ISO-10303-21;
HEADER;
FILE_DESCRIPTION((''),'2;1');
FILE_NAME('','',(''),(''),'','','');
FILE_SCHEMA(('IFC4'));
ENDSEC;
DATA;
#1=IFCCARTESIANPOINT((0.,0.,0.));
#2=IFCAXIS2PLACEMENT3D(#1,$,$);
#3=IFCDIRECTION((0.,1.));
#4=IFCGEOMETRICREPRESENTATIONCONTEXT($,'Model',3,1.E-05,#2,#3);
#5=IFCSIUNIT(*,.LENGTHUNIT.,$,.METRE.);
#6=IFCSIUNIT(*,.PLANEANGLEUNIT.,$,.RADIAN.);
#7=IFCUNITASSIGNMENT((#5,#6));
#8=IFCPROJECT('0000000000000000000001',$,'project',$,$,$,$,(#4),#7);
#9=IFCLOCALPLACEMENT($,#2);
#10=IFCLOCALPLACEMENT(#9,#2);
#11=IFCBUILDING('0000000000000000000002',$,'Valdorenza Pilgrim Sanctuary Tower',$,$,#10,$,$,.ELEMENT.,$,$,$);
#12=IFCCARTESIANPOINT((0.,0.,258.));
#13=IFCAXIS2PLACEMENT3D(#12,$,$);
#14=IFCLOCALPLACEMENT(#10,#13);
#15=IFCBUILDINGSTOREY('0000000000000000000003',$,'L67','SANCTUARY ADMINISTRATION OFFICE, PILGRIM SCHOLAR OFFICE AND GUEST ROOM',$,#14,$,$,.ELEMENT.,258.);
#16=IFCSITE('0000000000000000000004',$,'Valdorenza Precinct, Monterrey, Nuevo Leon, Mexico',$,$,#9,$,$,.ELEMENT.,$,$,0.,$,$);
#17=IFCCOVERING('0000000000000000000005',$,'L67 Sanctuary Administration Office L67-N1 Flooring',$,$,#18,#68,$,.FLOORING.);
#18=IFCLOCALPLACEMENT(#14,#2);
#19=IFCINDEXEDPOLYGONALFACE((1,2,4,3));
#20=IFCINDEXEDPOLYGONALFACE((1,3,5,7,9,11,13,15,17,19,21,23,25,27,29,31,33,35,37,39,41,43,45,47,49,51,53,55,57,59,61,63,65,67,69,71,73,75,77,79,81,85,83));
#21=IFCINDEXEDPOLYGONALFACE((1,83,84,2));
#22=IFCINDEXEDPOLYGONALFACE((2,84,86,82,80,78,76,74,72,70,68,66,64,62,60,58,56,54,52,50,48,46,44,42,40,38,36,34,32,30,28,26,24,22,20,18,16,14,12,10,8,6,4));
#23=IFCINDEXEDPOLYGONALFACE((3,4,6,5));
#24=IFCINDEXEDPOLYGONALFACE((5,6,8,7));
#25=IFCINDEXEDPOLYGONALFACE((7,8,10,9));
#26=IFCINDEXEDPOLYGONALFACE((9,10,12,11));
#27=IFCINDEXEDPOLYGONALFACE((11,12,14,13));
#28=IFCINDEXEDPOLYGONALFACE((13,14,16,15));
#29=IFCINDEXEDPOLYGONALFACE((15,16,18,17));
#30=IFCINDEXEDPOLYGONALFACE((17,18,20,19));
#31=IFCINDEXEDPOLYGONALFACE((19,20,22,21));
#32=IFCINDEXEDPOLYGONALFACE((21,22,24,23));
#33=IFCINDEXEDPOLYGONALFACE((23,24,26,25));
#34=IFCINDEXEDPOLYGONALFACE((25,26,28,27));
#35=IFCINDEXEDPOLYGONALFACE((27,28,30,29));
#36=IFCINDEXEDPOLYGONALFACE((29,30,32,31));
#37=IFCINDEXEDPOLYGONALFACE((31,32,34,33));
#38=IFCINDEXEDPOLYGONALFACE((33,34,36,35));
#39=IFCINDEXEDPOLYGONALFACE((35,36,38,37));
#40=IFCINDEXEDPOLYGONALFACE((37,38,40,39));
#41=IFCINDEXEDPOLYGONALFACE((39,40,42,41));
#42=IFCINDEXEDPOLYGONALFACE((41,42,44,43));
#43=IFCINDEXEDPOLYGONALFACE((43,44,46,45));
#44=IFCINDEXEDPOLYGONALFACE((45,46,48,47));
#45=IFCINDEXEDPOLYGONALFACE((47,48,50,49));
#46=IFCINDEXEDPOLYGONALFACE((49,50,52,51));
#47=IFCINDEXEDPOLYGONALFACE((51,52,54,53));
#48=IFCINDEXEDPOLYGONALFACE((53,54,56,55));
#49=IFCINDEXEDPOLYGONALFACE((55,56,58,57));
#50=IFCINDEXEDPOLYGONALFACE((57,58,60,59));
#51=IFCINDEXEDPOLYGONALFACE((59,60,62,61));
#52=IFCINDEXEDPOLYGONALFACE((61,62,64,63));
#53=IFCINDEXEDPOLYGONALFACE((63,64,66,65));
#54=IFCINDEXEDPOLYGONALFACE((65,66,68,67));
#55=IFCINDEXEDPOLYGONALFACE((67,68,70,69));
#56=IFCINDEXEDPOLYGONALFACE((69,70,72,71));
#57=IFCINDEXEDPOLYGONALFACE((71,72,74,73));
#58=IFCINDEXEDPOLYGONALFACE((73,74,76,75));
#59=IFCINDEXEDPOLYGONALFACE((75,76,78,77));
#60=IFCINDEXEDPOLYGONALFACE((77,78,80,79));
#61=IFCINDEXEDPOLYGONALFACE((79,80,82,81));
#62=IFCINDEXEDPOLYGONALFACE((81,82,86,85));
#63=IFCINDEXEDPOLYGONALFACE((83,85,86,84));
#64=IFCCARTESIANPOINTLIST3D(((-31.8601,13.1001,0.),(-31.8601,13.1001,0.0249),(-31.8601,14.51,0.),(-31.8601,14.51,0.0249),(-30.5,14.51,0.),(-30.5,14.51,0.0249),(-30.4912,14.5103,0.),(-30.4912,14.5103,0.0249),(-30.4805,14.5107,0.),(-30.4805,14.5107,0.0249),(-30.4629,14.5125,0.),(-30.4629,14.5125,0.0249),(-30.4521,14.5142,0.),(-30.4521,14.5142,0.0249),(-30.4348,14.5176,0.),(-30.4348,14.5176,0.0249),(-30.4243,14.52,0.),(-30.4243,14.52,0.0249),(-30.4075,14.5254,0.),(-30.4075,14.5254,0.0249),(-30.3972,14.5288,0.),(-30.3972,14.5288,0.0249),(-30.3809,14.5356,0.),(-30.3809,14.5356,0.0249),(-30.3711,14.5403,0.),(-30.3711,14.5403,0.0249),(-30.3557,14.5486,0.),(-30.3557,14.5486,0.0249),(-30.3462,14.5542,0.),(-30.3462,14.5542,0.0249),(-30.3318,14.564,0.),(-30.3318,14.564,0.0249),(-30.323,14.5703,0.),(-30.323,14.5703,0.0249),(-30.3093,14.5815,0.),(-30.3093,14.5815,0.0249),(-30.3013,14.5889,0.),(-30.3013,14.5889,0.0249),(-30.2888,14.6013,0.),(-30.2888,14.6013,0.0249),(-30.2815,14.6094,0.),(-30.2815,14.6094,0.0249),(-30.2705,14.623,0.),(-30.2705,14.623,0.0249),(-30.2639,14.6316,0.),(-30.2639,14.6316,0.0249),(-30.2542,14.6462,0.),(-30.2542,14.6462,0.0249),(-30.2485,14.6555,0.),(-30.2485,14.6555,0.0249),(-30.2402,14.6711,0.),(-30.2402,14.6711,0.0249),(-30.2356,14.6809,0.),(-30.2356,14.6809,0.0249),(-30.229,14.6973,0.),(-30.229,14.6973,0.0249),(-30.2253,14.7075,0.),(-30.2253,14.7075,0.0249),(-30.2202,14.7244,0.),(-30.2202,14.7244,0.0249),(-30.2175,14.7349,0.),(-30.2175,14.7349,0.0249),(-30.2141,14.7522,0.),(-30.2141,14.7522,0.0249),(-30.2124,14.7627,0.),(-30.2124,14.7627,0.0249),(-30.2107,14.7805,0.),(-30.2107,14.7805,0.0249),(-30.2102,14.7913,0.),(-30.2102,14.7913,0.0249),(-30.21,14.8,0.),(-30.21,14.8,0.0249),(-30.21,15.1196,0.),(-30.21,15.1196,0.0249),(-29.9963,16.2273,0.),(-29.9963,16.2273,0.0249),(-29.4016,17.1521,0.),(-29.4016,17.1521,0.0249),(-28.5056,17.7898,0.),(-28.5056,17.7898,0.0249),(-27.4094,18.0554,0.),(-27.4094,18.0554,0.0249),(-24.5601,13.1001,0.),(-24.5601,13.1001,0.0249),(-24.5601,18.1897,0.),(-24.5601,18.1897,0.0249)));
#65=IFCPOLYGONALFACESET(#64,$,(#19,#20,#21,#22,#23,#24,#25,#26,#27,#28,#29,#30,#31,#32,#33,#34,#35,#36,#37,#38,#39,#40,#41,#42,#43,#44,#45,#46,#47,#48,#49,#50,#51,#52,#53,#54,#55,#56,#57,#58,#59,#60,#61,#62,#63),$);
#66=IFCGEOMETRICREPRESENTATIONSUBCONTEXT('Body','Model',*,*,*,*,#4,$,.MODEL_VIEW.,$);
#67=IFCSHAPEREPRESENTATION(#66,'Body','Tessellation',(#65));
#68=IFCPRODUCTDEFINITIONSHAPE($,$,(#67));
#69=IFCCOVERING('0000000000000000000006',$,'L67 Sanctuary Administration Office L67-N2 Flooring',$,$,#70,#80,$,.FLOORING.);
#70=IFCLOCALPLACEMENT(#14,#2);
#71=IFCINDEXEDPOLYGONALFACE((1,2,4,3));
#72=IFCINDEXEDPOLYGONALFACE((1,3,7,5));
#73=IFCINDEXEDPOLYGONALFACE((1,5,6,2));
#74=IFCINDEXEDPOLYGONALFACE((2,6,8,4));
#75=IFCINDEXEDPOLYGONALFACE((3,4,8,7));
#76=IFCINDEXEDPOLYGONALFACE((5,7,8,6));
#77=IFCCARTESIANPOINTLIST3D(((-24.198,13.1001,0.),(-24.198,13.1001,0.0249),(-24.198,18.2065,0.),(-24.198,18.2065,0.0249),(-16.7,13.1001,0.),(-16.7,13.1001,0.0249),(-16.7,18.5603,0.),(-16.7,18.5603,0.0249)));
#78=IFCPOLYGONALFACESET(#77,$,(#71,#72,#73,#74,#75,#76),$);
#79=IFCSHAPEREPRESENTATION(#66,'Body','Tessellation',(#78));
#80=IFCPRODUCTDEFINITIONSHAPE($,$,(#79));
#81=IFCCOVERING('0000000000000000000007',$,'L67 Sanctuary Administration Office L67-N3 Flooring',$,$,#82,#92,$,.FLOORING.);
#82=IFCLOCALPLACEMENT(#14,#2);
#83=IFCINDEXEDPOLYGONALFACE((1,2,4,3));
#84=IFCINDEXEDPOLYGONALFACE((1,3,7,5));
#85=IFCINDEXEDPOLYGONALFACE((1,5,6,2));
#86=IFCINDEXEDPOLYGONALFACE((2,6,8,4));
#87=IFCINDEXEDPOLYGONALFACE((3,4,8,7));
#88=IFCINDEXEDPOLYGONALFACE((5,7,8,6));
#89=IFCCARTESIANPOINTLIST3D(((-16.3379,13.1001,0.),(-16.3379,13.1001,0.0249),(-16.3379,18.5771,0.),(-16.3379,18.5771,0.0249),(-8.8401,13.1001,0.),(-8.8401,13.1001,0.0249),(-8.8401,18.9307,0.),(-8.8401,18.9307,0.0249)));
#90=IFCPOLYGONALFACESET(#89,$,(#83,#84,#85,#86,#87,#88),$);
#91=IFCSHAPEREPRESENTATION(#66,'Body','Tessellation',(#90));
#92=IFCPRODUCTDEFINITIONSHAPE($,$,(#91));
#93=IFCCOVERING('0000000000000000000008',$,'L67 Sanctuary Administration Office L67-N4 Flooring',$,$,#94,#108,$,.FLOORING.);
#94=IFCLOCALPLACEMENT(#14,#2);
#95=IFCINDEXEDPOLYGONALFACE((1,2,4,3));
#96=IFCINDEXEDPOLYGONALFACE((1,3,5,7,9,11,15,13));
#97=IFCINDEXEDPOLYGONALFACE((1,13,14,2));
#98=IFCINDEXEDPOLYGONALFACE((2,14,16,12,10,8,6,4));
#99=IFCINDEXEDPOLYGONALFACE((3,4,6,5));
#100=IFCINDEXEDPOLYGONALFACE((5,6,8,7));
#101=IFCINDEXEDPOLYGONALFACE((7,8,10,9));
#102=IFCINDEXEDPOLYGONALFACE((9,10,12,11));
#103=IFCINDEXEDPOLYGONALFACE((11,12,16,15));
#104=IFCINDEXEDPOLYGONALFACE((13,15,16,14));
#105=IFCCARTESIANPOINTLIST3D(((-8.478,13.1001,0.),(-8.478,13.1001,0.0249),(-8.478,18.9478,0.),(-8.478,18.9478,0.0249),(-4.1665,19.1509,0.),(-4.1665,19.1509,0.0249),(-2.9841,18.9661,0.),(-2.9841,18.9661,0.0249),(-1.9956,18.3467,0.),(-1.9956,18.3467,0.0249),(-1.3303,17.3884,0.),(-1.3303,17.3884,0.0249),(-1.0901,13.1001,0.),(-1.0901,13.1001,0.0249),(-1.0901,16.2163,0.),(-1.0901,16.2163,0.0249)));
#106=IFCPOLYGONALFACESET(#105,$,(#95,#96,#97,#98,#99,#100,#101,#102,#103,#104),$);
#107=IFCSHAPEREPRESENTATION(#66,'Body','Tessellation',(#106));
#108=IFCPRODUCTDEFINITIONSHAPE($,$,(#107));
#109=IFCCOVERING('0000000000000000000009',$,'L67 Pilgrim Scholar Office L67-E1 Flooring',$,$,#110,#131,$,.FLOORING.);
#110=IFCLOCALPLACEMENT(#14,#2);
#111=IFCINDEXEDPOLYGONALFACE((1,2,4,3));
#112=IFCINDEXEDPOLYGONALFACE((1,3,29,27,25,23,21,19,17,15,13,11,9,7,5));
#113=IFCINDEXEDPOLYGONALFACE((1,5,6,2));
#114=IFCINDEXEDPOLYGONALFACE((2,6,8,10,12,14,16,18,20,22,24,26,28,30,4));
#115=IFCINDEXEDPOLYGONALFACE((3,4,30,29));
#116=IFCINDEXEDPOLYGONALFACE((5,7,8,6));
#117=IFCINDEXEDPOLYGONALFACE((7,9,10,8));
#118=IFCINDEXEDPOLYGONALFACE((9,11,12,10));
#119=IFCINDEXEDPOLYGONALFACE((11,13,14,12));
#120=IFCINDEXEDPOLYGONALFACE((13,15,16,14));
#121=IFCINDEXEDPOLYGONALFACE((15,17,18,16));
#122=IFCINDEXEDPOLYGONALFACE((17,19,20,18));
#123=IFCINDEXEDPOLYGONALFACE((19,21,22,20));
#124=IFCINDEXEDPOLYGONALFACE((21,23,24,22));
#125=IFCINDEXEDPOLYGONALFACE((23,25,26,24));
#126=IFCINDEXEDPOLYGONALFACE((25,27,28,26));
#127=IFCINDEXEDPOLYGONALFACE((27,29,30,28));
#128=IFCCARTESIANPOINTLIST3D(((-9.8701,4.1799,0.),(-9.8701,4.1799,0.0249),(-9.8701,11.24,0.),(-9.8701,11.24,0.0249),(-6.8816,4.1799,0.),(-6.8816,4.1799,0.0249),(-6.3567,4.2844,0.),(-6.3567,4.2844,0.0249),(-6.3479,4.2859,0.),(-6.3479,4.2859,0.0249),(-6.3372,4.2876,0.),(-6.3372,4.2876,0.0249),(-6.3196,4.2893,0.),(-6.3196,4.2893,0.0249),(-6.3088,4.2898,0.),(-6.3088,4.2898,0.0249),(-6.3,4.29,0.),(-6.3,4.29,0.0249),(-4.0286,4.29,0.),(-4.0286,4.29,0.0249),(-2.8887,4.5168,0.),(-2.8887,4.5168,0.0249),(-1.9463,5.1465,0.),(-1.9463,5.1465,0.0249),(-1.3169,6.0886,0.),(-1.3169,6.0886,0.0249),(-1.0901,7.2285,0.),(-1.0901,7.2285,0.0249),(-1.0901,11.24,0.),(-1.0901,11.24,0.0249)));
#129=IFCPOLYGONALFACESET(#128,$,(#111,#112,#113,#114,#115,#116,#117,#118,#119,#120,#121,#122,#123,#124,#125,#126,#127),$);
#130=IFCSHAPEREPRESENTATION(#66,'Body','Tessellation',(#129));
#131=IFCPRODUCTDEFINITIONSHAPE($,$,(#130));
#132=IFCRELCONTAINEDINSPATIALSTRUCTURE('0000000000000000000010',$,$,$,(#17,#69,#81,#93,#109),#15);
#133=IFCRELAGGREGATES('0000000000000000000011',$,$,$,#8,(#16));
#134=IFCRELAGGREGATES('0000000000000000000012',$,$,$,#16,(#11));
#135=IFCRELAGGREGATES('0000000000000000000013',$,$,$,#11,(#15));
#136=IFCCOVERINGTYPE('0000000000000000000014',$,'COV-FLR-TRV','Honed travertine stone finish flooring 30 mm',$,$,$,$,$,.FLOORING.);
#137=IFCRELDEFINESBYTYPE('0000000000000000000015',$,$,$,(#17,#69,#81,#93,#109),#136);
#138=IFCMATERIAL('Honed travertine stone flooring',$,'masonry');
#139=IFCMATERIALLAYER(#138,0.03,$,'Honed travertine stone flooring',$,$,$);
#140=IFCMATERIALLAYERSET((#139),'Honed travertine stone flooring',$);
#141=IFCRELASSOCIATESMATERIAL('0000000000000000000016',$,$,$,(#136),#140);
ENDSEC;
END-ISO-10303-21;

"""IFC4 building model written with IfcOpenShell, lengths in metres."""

from ifc_helpers import new_model, si_unit, direction, frame, origin, place, context, subcontext, project, spatial, polyline, outline, extrude, material, layer, layer_set, type_object, element, save


model = new_model("IFC4")

# Units and contexts
model_context = context("Model", 3, precision=1e-05, world=origin(), true_north=direction((0.0, 1.0)))
body_context = subcontext(model_context, "Body", "Model", "MODEL_VIEW")
ifc_project = project(units=[si_unit("LENGTHUNIT", "METRE"), si_unit("PLANEANGLEUNIT", "RADIAN")], contexts=[model_context])

# Site, building, storey
site_placement = place(None, origin())
site = spatial("IfcSite", under=ifc_project, at=site_placement, Name="Valdorenza Precinct, Monterrey, Nuevo Leon, Mexico", CompositionType="ELEMENT", RefElevation=0.0)
building_placement = place(site_placement, origin())
building = spatial("IfcBuilding", under=site, at=building_placement, Name="Valdorenza Pilgrim Sanctuary Tower", CompositionType="ELEMENT")
storey_placement = place(building_placement, frame((0.0, 0.0, 258.0)))
storey = spatial("IfcBuildingStorey", under=building, at=storey_placement, Name="L67", Description="SANCTUARY ADMINISTRATION OFFICE, PILGRIM SCHOLAR OFFICE AND GUEST ROOM", CompositionType="ELEMENT", Elevation=258.0)

# Coverings
ifc_material_1 = material(Name="Honed travertine stone flooring", Category="masonry")
ifc_layer_1 = layer(ifc_material_1, 0.03, Name="Honed travertine stone flooring")
ifc_layer_set_1 = layer_set([ifc_layer_1], Name="Honed travertine stone flooring")
covering_type_1 = type_object("IfcCoveringType", Name="COV-FLR-TRV", Description="Honed travertine stone finish flooring 30 mm", PredefinedType="FLOORING", material=ifc_layer_set_1)
covering_1_placement = place(storey_placement, origin())
element("IfcCovering", 1, at=covering_1_placement, inside=storey, type_object=covering_type_1, Name="L67 Sanctuary Administration Office L67-N1 Flooring", PredefinedType="FLOORING", context=body_context, shape_type="SweptSolid", body=[
    extrude(outline(polyline([(-31.8601, 13.1001), (-31.8601, 14.51), (-30.5, 14.51), (-30.4912, 14.5103), (-30.4805, 14.5107), (-30.4629, 14.5125), (-30.4521, 14.5142), (-30.4348, 14.5176), (-30.4243, 14.52), (-30.4075, 14.5254), (-30.3972, 14.5288), (-30.3809, 14.5356), (-30.3711, 14.5403), (-30.3557, 14.5486), (-30.3462, 14.5542), (-30.3318, 14.564), (-30.323, 14.5703), (-30.3093, 14.5815), (-30.3013, 14.5889), (-30.2888, 14.6013), (-30.2815, 14.6094), (-30.2705, 14.623), (-30.2639, 14.6316), (-30.2542, 14.6462), (-30.2485, 14.6555), (-30.2402, 14.6711), (-30.2356, 14.6809), (-30.229, 14.6973), (-30.2253, 14.7075), (-30.2202, 14.7244), (-30.2175, 14.7349), (-30.2141, 14.7522), (-30.2124, 14.7627), (-30.2107, 14.7805), (-30.2102, 14.7913), (-30.21, 14.8), (-30.21, 15.1196), (-29.9963, 16.2273), (-29.4016, 17.1521), (-28.5056, 17.7898), (-27.4094, 18.0554), (-24.5601, 18.1897), (-24.5601, 13.1001), (-31.8601, 13.1001)])), origin(), (0.0, 0.0, 1.0), 0.0249),
])
covering_2_placement = place(storey_placement, origin())
element("IfcCovering", 2, at=covering_2_placement, inside=storey, type_object=covering_type_1, Name="L67 Sanctuary Administration Office L67-N2 Flooring", PredefinedType="FLOORING", context=body_context, shape_type="SweptSolid", body=[
    extrude(outline(polyline([(-24.198, 13.1001), (-24.198, 18.2065), (-16.7, 18.5603), (-16.7, 13.1001), (-24.198, 13.1001)])), origin(), (0.0, 0.0, 1.0), 0.0249),
])
covering_3_placement = place(storey_placement, origin())
element("IfcCovering", 3, at=covering_3_placement, inside=storey, type_object=covering_type_1, Name="L67 Sanctuary Administration Office L67-N3 Flooring", PredefinedType="FLOORING", context=body_context, shape_type="SweptSolid", body=[
    extrude(outline(polyline([(-16.3379, 13.1001), (-16.3379, 18.5771), (-8.8401, 18.9307), (-8.8401, 13.1001), (-16.3379, 13.1001)])), origin(), (0.0, 0.0, 1.0), 0.0249),
])
covering_4_placement = place(storey_placement, origin())
element("IfcCovering", 4, at=covering_4_placement, inside=storey, type_object=covering_type_1, Name="L67 Sanctuary Administration Office L67-N4 Flooring", PredefinedType="FLOORING", context=body_context, shape_type="SweptSolid", body=[
    extrude(outline(polyline([(-4.1665, 19.1509), (-2.9841, 18.9661), (-1.9956, 18.3467), (-1.3303, 17.3884), (-1.0901, 16.2163), (-1.0901, 13.1001), (-8.478, 13.1001), (-8.478, 18.9478), (-4.1665, 19.1509)])), origin(), (0.0, 0.0, 1.0), 0.0249),
])
covering_5_placement = place(storey_placement, origin())
element("IfcCovering", 5, at=covering_5_placement, inside=storey, type_object=covering_type_1, Name="L67 Pilgrim Scholar Office L67-E1 Flooring", PredefinedType="FLOORING", context=body_context, shape_type="SweptSolid", body=[
    extrude(outline(polyline([(-9.8701, 11.24), (-1.0901, 11.24), (-1.0901, 7.2285), (-1.3169, 6.0886), (-1.9463, 5.1465), (-2.8887, 4.5168), (-4.0286, 4.29), (-6.3, 4.29), (-6.3088, 4.2898), (-6.3196, 4.2893), (-6.3372, 4.2876), (-6.3479, 4.2859), (-6.3567, 4.2844), (-6.8816, 4.1799), (-9.8701, 4.1799), (-9.8701, 11.24)])), origin(), (0.0, 0.0, 1.0), 0.0249),
])

save(model, "model.ifc")
